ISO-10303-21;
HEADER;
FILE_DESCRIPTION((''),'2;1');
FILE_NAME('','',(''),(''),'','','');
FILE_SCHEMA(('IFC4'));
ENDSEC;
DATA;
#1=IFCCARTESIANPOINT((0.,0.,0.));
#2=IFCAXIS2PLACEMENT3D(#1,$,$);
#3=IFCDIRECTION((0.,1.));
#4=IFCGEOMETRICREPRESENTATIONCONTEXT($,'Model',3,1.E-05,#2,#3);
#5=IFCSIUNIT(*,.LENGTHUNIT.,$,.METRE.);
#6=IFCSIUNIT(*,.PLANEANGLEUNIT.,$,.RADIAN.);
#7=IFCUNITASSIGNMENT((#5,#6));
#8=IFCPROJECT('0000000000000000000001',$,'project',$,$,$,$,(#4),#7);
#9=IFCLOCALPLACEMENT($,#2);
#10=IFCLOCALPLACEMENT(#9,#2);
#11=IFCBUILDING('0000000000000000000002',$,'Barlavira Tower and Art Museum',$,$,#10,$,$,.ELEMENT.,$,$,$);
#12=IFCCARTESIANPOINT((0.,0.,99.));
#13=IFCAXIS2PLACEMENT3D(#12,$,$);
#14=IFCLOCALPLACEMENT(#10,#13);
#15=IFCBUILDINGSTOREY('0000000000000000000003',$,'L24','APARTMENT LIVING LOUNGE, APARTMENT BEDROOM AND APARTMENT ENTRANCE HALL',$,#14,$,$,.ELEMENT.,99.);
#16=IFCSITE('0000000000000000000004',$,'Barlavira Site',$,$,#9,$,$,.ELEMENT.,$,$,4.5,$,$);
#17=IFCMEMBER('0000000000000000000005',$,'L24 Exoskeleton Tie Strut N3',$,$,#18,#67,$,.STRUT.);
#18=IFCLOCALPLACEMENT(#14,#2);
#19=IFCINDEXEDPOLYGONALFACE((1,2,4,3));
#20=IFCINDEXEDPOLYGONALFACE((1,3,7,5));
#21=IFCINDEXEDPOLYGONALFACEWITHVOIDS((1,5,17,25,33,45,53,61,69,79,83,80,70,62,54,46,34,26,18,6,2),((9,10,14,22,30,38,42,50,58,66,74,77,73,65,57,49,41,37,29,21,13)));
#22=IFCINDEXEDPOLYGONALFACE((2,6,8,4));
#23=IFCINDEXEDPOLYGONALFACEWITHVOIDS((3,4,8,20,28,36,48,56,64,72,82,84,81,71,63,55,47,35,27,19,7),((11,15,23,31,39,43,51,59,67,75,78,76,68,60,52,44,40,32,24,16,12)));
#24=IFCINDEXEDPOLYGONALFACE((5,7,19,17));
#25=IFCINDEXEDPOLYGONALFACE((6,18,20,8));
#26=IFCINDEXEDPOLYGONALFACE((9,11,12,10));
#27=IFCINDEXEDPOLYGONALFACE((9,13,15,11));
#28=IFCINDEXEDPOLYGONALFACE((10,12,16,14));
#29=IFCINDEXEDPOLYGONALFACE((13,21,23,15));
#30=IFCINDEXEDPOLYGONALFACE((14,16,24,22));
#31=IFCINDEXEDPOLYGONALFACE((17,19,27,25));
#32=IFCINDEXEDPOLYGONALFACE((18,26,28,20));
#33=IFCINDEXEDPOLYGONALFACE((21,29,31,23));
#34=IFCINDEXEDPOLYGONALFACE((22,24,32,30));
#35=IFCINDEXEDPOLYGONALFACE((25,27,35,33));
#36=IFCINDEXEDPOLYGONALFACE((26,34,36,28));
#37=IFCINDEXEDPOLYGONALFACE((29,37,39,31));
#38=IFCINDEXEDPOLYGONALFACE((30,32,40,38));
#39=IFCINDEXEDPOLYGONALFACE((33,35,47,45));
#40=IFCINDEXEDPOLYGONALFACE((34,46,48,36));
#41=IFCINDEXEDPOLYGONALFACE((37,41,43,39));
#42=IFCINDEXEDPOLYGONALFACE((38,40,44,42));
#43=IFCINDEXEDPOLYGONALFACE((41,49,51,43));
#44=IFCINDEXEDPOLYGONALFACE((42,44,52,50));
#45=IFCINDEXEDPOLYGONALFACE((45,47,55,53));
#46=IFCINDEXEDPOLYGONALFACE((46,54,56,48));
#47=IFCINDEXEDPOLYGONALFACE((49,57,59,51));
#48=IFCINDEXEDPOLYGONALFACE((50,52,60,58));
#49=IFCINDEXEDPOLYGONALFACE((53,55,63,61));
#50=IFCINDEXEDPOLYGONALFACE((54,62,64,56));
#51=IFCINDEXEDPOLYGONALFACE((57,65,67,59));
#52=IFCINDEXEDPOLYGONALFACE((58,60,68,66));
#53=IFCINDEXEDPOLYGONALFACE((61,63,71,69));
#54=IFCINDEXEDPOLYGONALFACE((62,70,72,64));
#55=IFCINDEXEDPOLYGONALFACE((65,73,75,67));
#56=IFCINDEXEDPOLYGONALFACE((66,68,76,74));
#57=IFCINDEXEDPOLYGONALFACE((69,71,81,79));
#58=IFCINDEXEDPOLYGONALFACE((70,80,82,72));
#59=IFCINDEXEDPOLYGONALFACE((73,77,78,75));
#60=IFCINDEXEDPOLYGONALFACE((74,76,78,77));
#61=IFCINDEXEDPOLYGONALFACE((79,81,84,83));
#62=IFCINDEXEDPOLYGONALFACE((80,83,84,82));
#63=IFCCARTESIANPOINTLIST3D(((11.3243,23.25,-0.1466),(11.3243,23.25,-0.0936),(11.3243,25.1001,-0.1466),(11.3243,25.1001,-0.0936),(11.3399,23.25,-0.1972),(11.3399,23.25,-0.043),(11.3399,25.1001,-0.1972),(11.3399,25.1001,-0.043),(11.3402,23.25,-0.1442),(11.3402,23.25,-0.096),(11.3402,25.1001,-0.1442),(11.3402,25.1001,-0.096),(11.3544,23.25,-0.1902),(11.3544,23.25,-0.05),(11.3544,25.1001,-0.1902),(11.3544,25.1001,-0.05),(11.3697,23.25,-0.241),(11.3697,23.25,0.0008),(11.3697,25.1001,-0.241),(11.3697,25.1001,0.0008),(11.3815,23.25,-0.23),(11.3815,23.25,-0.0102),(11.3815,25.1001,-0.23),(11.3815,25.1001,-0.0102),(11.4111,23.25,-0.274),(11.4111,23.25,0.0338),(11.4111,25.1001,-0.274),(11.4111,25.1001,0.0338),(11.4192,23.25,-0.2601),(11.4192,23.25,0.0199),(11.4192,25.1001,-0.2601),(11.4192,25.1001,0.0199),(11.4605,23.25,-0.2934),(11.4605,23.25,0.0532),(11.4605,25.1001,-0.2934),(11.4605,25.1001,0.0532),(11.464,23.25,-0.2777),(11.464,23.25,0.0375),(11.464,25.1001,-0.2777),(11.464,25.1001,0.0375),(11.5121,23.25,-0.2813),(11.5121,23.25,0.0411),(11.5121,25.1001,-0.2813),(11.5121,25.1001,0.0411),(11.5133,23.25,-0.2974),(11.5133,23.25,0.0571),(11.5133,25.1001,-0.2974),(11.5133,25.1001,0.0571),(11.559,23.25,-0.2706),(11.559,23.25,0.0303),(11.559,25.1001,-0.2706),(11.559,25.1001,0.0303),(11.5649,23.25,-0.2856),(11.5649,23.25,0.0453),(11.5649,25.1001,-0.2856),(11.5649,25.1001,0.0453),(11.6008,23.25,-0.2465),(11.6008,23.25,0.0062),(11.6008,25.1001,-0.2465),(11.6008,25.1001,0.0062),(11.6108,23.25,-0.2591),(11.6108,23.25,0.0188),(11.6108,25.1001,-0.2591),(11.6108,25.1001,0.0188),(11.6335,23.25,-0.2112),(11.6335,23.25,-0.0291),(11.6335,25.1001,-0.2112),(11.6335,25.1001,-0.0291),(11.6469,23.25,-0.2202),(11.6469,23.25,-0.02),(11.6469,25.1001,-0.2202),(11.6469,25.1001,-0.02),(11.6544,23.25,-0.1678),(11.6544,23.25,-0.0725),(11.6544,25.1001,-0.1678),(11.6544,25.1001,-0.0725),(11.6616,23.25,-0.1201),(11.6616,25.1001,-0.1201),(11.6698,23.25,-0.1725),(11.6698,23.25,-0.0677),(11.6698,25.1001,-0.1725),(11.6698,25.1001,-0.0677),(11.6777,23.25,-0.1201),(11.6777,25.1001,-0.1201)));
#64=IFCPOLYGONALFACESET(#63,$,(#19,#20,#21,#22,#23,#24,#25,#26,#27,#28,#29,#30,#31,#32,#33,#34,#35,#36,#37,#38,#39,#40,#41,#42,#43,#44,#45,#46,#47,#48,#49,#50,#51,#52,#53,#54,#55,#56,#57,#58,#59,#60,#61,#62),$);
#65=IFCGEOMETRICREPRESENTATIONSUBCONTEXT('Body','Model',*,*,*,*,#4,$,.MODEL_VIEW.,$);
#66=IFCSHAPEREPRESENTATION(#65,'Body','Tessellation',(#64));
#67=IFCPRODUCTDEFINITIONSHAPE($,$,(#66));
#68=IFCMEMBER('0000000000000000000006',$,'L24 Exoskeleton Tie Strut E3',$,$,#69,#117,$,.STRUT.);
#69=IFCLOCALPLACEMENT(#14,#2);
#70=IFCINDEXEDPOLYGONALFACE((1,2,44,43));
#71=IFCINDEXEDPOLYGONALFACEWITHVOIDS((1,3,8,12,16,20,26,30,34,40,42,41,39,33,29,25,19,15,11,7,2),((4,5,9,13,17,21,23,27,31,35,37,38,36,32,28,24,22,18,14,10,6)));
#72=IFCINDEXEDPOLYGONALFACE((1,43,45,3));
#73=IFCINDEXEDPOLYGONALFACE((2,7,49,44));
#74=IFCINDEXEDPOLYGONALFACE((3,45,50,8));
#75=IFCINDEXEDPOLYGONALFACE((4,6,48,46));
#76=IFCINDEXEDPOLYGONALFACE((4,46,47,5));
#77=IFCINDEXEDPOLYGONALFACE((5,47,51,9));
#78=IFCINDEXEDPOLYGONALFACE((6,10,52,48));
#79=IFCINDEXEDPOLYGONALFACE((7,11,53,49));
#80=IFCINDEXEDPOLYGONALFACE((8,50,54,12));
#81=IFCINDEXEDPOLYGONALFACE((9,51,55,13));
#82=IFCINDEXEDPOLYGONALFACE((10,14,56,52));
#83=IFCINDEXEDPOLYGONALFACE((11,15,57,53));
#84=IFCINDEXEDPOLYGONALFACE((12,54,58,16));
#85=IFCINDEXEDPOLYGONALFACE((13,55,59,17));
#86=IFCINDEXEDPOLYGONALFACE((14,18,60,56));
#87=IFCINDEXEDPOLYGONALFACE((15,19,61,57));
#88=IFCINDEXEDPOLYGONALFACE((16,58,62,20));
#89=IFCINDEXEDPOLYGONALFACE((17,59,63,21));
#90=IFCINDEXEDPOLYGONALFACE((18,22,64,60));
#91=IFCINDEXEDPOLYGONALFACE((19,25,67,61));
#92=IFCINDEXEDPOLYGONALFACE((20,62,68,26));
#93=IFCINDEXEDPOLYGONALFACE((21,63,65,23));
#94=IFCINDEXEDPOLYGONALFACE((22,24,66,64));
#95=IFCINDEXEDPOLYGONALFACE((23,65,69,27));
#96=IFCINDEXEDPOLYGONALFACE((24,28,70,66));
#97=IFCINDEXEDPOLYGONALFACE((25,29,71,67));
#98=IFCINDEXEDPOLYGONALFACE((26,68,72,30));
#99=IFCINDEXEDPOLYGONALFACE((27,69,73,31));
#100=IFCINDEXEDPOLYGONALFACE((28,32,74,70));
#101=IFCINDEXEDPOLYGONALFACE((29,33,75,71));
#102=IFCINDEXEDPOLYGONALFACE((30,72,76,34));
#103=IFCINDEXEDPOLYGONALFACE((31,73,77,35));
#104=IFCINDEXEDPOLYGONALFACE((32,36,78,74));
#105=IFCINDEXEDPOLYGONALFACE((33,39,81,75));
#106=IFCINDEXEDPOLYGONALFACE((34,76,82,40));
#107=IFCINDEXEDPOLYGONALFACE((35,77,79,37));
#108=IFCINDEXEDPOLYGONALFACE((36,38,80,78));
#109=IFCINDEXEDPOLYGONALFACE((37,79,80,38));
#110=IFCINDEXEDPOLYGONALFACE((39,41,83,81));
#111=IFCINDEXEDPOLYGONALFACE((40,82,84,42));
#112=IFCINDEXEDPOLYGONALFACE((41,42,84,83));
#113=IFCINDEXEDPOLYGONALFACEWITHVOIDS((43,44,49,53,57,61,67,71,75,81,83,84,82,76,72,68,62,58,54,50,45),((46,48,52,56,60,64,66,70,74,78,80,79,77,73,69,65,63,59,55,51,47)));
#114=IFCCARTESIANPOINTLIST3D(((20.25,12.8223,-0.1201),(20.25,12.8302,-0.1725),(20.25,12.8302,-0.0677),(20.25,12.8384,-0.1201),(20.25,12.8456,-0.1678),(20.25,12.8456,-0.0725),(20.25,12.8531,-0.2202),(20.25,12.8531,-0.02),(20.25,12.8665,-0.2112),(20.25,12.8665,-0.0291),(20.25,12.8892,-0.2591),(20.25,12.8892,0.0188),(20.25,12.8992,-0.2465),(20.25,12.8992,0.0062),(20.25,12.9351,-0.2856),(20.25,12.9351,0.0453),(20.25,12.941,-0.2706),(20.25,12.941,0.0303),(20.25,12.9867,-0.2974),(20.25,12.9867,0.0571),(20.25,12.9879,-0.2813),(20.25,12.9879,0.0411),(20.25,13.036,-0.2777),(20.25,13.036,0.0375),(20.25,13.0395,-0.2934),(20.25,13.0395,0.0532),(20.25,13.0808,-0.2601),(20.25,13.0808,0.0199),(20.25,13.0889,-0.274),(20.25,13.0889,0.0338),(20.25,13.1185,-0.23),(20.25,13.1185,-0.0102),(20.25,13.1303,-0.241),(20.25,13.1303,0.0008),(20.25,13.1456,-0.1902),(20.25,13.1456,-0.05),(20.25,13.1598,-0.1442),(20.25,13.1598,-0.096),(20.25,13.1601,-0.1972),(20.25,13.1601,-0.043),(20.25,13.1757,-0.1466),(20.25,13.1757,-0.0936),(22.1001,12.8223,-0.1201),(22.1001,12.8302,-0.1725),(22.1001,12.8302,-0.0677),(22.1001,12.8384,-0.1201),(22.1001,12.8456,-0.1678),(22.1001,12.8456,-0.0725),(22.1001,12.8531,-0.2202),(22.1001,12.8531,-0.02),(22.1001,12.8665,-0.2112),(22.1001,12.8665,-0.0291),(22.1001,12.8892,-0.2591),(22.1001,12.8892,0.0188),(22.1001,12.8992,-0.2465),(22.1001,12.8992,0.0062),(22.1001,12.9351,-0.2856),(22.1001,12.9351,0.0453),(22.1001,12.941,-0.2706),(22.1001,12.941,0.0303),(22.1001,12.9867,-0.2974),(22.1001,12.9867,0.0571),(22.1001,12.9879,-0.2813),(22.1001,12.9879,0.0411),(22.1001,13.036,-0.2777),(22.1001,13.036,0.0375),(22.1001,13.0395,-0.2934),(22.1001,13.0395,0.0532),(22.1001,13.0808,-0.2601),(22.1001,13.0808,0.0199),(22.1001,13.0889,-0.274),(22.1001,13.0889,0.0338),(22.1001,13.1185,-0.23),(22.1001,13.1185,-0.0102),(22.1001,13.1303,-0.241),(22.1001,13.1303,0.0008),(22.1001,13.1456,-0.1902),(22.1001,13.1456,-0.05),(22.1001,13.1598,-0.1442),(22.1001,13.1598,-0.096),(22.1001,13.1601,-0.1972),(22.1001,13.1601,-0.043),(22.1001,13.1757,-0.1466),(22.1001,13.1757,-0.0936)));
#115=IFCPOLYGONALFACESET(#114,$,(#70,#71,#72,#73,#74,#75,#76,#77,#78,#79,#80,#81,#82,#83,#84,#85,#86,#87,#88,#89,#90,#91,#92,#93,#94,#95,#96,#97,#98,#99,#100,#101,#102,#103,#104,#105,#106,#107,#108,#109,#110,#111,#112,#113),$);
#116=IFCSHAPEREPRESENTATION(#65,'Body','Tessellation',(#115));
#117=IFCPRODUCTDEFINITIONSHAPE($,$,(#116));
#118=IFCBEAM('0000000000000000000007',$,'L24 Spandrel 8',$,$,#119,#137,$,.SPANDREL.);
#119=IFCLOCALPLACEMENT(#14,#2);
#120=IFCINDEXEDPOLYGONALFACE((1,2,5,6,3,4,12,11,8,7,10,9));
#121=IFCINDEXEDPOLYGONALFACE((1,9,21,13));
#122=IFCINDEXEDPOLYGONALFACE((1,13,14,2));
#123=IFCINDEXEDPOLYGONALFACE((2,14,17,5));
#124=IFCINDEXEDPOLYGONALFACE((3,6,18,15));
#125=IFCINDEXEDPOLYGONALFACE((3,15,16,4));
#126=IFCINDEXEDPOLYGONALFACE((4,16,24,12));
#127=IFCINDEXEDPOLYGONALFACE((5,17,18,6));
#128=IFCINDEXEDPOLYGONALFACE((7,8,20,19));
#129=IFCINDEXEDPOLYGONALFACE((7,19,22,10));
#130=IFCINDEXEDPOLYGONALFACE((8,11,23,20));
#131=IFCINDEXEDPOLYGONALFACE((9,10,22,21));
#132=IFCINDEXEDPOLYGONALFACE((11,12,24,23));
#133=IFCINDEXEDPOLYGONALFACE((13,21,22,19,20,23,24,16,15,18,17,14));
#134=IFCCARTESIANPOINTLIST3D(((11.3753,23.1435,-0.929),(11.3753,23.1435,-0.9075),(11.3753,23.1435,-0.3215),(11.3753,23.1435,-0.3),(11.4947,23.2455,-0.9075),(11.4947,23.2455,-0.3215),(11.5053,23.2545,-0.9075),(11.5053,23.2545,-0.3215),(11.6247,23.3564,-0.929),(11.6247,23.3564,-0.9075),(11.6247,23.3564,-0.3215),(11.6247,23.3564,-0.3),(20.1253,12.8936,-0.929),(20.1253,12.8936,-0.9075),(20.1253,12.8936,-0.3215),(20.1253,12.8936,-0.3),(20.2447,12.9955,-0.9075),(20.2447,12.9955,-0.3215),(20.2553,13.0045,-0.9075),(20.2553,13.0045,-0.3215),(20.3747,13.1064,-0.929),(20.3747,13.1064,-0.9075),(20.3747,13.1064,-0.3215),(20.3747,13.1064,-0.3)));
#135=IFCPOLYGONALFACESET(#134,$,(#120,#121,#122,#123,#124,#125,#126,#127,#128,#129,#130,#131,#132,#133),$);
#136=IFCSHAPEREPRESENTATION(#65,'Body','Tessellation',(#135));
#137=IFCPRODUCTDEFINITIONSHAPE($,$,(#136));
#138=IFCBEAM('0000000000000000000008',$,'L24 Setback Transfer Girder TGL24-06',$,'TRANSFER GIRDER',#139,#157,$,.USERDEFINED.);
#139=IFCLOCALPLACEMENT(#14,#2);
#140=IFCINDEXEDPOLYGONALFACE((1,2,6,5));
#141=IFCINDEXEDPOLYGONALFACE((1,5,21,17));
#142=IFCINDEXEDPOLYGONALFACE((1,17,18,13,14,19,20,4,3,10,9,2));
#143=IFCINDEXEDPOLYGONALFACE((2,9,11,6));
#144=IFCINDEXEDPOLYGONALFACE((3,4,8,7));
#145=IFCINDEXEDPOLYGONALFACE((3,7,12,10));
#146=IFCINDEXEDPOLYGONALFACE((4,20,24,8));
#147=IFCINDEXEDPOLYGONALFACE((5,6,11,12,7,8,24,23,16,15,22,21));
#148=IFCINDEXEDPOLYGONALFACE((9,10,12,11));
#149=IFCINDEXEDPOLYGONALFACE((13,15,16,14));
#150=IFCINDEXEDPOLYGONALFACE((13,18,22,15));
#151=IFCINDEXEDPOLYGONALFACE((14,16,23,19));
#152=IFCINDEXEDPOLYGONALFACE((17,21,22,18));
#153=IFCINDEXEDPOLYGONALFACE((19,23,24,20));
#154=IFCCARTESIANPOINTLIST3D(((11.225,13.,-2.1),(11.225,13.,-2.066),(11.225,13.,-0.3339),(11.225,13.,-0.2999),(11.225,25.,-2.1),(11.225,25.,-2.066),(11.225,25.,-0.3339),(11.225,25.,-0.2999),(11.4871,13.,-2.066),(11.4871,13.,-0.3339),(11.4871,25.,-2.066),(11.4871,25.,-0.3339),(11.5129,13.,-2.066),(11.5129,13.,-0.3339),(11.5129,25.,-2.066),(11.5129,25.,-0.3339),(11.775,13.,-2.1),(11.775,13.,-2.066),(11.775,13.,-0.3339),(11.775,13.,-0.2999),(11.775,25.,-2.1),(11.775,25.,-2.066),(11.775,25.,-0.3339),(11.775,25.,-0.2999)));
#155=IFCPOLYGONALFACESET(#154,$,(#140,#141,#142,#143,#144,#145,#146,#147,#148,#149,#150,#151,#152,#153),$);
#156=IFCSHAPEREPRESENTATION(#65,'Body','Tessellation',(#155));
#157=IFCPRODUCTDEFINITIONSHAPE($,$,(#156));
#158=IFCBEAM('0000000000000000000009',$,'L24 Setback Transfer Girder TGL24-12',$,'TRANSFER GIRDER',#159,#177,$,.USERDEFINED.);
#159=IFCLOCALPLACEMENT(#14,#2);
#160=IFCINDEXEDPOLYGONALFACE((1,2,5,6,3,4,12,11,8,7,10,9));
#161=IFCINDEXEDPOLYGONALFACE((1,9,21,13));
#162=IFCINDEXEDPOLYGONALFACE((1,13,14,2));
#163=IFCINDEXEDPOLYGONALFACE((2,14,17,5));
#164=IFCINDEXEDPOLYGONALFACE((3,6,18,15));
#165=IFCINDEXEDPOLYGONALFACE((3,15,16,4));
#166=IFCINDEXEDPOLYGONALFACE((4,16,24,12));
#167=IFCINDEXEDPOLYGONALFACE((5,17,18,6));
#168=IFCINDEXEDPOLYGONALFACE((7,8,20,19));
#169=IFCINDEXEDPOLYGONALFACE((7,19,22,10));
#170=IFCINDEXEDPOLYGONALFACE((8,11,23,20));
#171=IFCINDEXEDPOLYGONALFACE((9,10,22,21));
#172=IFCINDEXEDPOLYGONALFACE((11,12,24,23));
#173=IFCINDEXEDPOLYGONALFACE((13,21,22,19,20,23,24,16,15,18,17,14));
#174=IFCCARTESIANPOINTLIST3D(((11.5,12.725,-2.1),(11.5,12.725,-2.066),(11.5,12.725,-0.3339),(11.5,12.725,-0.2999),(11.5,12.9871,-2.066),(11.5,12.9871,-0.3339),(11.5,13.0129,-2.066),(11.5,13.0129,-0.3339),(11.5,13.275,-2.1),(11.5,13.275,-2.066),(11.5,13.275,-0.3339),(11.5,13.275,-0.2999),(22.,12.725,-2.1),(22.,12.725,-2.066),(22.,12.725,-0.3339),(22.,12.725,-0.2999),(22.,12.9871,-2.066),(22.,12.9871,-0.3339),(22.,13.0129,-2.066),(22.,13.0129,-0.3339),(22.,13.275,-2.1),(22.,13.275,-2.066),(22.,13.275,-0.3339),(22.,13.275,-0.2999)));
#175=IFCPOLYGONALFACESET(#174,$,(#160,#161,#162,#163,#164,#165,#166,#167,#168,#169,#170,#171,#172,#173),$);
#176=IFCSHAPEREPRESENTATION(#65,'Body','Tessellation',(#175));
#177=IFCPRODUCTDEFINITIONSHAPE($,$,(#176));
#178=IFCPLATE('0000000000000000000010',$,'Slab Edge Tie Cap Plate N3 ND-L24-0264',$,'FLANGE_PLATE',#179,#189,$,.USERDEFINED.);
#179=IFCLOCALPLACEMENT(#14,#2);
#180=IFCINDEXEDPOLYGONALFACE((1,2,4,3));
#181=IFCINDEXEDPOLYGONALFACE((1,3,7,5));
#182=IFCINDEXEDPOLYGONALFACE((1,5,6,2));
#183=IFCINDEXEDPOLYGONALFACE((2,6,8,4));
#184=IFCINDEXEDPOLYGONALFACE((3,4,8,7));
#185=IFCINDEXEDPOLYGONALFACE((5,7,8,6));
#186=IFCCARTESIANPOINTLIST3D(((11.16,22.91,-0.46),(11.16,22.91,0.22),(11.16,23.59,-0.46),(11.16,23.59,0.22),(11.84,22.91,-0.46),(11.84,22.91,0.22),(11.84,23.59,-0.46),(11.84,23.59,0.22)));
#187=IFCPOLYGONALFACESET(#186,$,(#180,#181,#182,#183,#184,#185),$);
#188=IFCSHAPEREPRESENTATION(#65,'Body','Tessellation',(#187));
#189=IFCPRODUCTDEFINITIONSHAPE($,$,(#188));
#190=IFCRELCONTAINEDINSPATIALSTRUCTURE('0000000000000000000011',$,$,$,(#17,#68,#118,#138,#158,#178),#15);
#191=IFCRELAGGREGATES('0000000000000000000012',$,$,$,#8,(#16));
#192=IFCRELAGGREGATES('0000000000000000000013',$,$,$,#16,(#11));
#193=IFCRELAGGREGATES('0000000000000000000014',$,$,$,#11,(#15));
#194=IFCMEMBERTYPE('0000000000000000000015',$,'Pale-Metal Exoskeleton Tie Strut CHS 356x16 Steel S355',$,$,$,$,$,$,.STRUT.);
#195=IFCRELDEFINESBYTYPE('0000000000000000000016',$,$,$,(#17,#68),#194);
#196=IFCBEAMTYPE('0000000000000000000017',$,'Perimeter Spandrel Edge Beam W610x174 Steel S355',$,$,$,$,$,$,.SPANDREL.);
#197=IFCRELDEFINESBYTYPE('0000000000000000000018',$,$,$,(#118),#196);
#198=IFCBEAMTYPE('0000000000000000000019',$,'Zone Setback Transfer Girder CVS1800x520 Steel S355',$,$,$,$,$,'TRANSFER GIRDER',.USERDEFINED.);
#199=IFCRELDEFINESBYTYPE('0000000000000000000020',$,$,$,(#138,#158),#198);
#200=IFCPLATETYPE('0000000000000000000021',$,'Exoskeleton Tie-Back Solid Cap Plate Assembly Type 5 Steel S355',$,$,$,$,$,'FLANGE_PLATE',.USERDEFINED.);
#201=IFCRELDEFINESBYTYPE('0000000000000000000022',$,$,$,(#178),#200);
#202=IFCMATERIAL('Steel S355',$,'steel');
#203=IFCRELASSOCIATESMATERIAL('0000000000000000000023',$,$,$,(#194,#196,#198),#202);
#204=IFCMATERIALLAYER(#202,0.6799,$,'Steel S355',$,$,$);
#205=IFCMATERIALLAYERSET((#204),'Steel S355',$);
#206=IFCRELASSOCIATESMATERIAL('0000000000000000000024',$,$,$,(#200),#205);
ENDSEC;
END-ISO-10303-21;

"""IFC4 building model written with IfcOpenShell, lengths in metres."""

from ifc_helpers import new_model, si_unit, direction, frame, origin, origin_2d, place, context, subcontext, project, spatial, rectangle, hollow_circle, i_section, extrude, material, layer, layer_set, material_profile, profile_set, type_object, element, save


model = new_model("IFC4")

# Units and contexts
model_context = context("Model", 3, precision=1e-05, world=origin(), true_north=direction((0.0, 1.0)))
body_context = subcontext(model_context, "Body", "Model", "MODEL_VIEW")
ifc_project = project(units=[si_unit("LENGTHUNIT", "METRE"), si_unit("PLANEANGLEUNIT", "RADIAN")], contexts=[model_context])

# Site, building, storey
site_placement = place(None, origin())
site = spatial("IfcSite", under=ifc_project, at=site_placement, Name="Barlavira Site", CompositionType="ELEMENT", RefElevation=4.5)
building_placement = place(site_placement, origin())
building = spatial("IfcBuilding", under=site, at=building_placement, Name="Barlavira Tower and Art Museum", CompositionType="ELEMENT")
storey_placement = place(building_placement, frame((0.0, 0.0, 99.0)))
storey = spatial("IfcBuildingStorey", under=building, at=storey_placement, Name="L24", Description="APARTMENT LIVING LOUNGE, APARTMENT BEDROOM AND APARTMENT ENTRANCE HALL", CompositionType="ELEMENT", Elevation=99.0)

# Members
ifc_material_1 = material(Name="Steel S355", Category="steel")
ifc_material_profile_1 = material_profile(ifc_material_1, hollow_circle(Radius=0.1777, WallThickness=0.0161, at=origin_2d()), Name="CHS 355.6x16.0")
ifc_profile_set_1 = profile_set([ifc_material_profile_1], Name="Steel S355")
member_type_1 = type_object("IfcMemberType", Name="Pale-Metal Exoskeleton Tie Strut CHS 356x16 Steel S355", PredefinedType="STRUT", material=ifc_profile_set_1)
for number, where, z_axis, x_axis, name in (
    (1, (11.5, 25.1001, -0.1201), (0.0, -1.0, 0.0), (1.0, 0.0, 0.0), "L24 Exoskeleton Tie Strut N3"),
    (2, (22.1001, 13.0, -0.1201), (-1.0, 0.0, 0.0), (0.0, -1.0, 0.0), "L24 Exoskeleton Tie Strut E3"),
):
    element("IfcMember", number, at=place(storey_placement, frame(where, z_axis=z_axis, x_axis=x_axis)), inside=storey, type_object=member_type_1, Name=name, PredefinedType="STRUT", context=body_context, shape_type="SweptSolid", body=[
        extrude(hollow_circle(Radius=0.1777, WallThickness=0.0161, at=origin_2d()), origin(), (0.0, 0.0, 1.0), 1.8501),
    ])

# Beams
ifc_material_profile_2 = material_profile(ifc_material_1, i_section(OverallWidth=0.3279, OverallDepth=0.6289, WebThickness=0.0139, FlangeThickness=0.0215, at=origin_2d()), Name="W610x174.0")
ifc_profile_set_2 = profile_set([ifc_material_profile_2], Name="Steel S355")
beam_type_1 = type_object("IfcBeamType", Name="Perimeter Spandrel Edge Beam W610x174 Steel S355", PredefinedType="SPANDREL", material=ifc_profile_set_2)
beam_1_placement = place(storey_placement, frame((20.25, 13.0, -0.6145), z_axis=(-0.649262, 0.760565, 0.0), x_axis=(-0.760565, -0.649262, 0.0)))
element("IfcBeam", 3, at=beam_1_placement, inside=storey, type_object=beam_type_1, Name="L24 Spandrel 8", PredefinedType="SPANDREL", context=body_context, shape_type="SweptSolid", body=[
    extrude(i_section(OverallWidth=0.3279, OverallDepth=0.6289, WebThickness=0.0139, FlangeThickness=0.0215, at=origin_2d()), origin(), (0.0, 0.0, 1.0), 13.4768),
])
ifc_material_profile_3 = material_profile(ifc_material_1, i_section(OverallWidth=0.55, OverallDepth=1.8, WebThickness=0.0259, FlangeThickness=0.0339, at=origin_2d()), Name="CVS1800x520")
ifc_profile_set_3 = profile_set([ifc_material_profile_3], Name="Steel S355")
beam_type_2 = type_object("IfcBeamType", Name="Zone Setback Transfer Girder CVS1800x520 Steel S355", ElementType="TRANSFER GIRDER", PredefinedType="USERDEFINED", material=ifc_profile_set_3)
beam_2_placement = place(storey_placement, frame((11.5, 13.0, -1.2), z_axis=(0.0, 1.0, 0.0), x_axis=(-1.0, 0.0, 0.0)))
element("IfcBeam", 4, at=beam_2_placement, inside=storey, type_object=beam_type_2, Name="L24 Setback Transfer Girder TGL24-06", ObjectType="TRANSFER GIRDER", PredefinedType="USERDEFINED", context=body_context, shape_type="SweptSolid", body=[
    extrude(i_section(OverallWidth=0.55, OverallDepth=1.8, WebThickness=0.0259, FlangeThickness=0.0339, at=origin_2d()), origin(), (0.0, 0.0, 1.0), 12.0),
])
beam_3_placement = place(storey_placement, frame((11.5, 13.0, -1.2), z_axis=(1.0, 0.0, 0.0), x_axis=(0.0, 1.0, 0.0)))
element("IfcBeam", 5, at=beam_3_placement, inside=storey, type_object=beam_type_2, Name="L24 Setback Transfer Girder TGL24-12", ObjectType="TRANSFER GIRDER", PredefinedType="USERDEFINED", context=body_context, shape_type="SweptSolid", body=[
    extrude(i_section(OverallWidth=0.55, OverallDepth=1.8, WebThickness=0.0259, FlangeThickness=0.0339, at=origin_2d()), origin(), (0.0, 0.0, 1.0), 10.5),
])

# Plate
ifc_layer_1 = layer(ifc_material_1, 0.6799, Name="Steel S355")
ifc_layer_set_1 = layer_set([ifc_layer_1], Name="Steel S355")
plate_type = type_object("IfcPlateType", Name="Exoskeleton Tie-Back Solid Cap Plate Assembly Type 5 Steel S355", ElementType="FLANGE_PLATE", PredefinedType="USERDEFINED", material=ifc_layer_set_1)
for number, where, z_axis, x_axis, name in (
    (6, (11.5, 23.25, -0.46), (0.0, 0.0, 1.0), (1.0, 0.0, 0.0), "Slab Edge Tie Cap Plate N3 ND-L24-0264"),
):
    element("IfcPlate", number, at=place(storey_placement, frame(where, z_axis=z_axis, x_axis=x_axis)), inside=storey, type_object=plate_type, Name=name, ObjectType="FLANGE_PLATE", PredefinedType="USERDEFINED", context=body_context, shape_type="SweptSolid", body=[
        extrude(rectangle(XDim=0.6799, YDim=0.6799, at=origin_2d()), origin(), (0.0, 0.0, 1.0), 0.6799),
    ])

save(model, "model.ifc")
